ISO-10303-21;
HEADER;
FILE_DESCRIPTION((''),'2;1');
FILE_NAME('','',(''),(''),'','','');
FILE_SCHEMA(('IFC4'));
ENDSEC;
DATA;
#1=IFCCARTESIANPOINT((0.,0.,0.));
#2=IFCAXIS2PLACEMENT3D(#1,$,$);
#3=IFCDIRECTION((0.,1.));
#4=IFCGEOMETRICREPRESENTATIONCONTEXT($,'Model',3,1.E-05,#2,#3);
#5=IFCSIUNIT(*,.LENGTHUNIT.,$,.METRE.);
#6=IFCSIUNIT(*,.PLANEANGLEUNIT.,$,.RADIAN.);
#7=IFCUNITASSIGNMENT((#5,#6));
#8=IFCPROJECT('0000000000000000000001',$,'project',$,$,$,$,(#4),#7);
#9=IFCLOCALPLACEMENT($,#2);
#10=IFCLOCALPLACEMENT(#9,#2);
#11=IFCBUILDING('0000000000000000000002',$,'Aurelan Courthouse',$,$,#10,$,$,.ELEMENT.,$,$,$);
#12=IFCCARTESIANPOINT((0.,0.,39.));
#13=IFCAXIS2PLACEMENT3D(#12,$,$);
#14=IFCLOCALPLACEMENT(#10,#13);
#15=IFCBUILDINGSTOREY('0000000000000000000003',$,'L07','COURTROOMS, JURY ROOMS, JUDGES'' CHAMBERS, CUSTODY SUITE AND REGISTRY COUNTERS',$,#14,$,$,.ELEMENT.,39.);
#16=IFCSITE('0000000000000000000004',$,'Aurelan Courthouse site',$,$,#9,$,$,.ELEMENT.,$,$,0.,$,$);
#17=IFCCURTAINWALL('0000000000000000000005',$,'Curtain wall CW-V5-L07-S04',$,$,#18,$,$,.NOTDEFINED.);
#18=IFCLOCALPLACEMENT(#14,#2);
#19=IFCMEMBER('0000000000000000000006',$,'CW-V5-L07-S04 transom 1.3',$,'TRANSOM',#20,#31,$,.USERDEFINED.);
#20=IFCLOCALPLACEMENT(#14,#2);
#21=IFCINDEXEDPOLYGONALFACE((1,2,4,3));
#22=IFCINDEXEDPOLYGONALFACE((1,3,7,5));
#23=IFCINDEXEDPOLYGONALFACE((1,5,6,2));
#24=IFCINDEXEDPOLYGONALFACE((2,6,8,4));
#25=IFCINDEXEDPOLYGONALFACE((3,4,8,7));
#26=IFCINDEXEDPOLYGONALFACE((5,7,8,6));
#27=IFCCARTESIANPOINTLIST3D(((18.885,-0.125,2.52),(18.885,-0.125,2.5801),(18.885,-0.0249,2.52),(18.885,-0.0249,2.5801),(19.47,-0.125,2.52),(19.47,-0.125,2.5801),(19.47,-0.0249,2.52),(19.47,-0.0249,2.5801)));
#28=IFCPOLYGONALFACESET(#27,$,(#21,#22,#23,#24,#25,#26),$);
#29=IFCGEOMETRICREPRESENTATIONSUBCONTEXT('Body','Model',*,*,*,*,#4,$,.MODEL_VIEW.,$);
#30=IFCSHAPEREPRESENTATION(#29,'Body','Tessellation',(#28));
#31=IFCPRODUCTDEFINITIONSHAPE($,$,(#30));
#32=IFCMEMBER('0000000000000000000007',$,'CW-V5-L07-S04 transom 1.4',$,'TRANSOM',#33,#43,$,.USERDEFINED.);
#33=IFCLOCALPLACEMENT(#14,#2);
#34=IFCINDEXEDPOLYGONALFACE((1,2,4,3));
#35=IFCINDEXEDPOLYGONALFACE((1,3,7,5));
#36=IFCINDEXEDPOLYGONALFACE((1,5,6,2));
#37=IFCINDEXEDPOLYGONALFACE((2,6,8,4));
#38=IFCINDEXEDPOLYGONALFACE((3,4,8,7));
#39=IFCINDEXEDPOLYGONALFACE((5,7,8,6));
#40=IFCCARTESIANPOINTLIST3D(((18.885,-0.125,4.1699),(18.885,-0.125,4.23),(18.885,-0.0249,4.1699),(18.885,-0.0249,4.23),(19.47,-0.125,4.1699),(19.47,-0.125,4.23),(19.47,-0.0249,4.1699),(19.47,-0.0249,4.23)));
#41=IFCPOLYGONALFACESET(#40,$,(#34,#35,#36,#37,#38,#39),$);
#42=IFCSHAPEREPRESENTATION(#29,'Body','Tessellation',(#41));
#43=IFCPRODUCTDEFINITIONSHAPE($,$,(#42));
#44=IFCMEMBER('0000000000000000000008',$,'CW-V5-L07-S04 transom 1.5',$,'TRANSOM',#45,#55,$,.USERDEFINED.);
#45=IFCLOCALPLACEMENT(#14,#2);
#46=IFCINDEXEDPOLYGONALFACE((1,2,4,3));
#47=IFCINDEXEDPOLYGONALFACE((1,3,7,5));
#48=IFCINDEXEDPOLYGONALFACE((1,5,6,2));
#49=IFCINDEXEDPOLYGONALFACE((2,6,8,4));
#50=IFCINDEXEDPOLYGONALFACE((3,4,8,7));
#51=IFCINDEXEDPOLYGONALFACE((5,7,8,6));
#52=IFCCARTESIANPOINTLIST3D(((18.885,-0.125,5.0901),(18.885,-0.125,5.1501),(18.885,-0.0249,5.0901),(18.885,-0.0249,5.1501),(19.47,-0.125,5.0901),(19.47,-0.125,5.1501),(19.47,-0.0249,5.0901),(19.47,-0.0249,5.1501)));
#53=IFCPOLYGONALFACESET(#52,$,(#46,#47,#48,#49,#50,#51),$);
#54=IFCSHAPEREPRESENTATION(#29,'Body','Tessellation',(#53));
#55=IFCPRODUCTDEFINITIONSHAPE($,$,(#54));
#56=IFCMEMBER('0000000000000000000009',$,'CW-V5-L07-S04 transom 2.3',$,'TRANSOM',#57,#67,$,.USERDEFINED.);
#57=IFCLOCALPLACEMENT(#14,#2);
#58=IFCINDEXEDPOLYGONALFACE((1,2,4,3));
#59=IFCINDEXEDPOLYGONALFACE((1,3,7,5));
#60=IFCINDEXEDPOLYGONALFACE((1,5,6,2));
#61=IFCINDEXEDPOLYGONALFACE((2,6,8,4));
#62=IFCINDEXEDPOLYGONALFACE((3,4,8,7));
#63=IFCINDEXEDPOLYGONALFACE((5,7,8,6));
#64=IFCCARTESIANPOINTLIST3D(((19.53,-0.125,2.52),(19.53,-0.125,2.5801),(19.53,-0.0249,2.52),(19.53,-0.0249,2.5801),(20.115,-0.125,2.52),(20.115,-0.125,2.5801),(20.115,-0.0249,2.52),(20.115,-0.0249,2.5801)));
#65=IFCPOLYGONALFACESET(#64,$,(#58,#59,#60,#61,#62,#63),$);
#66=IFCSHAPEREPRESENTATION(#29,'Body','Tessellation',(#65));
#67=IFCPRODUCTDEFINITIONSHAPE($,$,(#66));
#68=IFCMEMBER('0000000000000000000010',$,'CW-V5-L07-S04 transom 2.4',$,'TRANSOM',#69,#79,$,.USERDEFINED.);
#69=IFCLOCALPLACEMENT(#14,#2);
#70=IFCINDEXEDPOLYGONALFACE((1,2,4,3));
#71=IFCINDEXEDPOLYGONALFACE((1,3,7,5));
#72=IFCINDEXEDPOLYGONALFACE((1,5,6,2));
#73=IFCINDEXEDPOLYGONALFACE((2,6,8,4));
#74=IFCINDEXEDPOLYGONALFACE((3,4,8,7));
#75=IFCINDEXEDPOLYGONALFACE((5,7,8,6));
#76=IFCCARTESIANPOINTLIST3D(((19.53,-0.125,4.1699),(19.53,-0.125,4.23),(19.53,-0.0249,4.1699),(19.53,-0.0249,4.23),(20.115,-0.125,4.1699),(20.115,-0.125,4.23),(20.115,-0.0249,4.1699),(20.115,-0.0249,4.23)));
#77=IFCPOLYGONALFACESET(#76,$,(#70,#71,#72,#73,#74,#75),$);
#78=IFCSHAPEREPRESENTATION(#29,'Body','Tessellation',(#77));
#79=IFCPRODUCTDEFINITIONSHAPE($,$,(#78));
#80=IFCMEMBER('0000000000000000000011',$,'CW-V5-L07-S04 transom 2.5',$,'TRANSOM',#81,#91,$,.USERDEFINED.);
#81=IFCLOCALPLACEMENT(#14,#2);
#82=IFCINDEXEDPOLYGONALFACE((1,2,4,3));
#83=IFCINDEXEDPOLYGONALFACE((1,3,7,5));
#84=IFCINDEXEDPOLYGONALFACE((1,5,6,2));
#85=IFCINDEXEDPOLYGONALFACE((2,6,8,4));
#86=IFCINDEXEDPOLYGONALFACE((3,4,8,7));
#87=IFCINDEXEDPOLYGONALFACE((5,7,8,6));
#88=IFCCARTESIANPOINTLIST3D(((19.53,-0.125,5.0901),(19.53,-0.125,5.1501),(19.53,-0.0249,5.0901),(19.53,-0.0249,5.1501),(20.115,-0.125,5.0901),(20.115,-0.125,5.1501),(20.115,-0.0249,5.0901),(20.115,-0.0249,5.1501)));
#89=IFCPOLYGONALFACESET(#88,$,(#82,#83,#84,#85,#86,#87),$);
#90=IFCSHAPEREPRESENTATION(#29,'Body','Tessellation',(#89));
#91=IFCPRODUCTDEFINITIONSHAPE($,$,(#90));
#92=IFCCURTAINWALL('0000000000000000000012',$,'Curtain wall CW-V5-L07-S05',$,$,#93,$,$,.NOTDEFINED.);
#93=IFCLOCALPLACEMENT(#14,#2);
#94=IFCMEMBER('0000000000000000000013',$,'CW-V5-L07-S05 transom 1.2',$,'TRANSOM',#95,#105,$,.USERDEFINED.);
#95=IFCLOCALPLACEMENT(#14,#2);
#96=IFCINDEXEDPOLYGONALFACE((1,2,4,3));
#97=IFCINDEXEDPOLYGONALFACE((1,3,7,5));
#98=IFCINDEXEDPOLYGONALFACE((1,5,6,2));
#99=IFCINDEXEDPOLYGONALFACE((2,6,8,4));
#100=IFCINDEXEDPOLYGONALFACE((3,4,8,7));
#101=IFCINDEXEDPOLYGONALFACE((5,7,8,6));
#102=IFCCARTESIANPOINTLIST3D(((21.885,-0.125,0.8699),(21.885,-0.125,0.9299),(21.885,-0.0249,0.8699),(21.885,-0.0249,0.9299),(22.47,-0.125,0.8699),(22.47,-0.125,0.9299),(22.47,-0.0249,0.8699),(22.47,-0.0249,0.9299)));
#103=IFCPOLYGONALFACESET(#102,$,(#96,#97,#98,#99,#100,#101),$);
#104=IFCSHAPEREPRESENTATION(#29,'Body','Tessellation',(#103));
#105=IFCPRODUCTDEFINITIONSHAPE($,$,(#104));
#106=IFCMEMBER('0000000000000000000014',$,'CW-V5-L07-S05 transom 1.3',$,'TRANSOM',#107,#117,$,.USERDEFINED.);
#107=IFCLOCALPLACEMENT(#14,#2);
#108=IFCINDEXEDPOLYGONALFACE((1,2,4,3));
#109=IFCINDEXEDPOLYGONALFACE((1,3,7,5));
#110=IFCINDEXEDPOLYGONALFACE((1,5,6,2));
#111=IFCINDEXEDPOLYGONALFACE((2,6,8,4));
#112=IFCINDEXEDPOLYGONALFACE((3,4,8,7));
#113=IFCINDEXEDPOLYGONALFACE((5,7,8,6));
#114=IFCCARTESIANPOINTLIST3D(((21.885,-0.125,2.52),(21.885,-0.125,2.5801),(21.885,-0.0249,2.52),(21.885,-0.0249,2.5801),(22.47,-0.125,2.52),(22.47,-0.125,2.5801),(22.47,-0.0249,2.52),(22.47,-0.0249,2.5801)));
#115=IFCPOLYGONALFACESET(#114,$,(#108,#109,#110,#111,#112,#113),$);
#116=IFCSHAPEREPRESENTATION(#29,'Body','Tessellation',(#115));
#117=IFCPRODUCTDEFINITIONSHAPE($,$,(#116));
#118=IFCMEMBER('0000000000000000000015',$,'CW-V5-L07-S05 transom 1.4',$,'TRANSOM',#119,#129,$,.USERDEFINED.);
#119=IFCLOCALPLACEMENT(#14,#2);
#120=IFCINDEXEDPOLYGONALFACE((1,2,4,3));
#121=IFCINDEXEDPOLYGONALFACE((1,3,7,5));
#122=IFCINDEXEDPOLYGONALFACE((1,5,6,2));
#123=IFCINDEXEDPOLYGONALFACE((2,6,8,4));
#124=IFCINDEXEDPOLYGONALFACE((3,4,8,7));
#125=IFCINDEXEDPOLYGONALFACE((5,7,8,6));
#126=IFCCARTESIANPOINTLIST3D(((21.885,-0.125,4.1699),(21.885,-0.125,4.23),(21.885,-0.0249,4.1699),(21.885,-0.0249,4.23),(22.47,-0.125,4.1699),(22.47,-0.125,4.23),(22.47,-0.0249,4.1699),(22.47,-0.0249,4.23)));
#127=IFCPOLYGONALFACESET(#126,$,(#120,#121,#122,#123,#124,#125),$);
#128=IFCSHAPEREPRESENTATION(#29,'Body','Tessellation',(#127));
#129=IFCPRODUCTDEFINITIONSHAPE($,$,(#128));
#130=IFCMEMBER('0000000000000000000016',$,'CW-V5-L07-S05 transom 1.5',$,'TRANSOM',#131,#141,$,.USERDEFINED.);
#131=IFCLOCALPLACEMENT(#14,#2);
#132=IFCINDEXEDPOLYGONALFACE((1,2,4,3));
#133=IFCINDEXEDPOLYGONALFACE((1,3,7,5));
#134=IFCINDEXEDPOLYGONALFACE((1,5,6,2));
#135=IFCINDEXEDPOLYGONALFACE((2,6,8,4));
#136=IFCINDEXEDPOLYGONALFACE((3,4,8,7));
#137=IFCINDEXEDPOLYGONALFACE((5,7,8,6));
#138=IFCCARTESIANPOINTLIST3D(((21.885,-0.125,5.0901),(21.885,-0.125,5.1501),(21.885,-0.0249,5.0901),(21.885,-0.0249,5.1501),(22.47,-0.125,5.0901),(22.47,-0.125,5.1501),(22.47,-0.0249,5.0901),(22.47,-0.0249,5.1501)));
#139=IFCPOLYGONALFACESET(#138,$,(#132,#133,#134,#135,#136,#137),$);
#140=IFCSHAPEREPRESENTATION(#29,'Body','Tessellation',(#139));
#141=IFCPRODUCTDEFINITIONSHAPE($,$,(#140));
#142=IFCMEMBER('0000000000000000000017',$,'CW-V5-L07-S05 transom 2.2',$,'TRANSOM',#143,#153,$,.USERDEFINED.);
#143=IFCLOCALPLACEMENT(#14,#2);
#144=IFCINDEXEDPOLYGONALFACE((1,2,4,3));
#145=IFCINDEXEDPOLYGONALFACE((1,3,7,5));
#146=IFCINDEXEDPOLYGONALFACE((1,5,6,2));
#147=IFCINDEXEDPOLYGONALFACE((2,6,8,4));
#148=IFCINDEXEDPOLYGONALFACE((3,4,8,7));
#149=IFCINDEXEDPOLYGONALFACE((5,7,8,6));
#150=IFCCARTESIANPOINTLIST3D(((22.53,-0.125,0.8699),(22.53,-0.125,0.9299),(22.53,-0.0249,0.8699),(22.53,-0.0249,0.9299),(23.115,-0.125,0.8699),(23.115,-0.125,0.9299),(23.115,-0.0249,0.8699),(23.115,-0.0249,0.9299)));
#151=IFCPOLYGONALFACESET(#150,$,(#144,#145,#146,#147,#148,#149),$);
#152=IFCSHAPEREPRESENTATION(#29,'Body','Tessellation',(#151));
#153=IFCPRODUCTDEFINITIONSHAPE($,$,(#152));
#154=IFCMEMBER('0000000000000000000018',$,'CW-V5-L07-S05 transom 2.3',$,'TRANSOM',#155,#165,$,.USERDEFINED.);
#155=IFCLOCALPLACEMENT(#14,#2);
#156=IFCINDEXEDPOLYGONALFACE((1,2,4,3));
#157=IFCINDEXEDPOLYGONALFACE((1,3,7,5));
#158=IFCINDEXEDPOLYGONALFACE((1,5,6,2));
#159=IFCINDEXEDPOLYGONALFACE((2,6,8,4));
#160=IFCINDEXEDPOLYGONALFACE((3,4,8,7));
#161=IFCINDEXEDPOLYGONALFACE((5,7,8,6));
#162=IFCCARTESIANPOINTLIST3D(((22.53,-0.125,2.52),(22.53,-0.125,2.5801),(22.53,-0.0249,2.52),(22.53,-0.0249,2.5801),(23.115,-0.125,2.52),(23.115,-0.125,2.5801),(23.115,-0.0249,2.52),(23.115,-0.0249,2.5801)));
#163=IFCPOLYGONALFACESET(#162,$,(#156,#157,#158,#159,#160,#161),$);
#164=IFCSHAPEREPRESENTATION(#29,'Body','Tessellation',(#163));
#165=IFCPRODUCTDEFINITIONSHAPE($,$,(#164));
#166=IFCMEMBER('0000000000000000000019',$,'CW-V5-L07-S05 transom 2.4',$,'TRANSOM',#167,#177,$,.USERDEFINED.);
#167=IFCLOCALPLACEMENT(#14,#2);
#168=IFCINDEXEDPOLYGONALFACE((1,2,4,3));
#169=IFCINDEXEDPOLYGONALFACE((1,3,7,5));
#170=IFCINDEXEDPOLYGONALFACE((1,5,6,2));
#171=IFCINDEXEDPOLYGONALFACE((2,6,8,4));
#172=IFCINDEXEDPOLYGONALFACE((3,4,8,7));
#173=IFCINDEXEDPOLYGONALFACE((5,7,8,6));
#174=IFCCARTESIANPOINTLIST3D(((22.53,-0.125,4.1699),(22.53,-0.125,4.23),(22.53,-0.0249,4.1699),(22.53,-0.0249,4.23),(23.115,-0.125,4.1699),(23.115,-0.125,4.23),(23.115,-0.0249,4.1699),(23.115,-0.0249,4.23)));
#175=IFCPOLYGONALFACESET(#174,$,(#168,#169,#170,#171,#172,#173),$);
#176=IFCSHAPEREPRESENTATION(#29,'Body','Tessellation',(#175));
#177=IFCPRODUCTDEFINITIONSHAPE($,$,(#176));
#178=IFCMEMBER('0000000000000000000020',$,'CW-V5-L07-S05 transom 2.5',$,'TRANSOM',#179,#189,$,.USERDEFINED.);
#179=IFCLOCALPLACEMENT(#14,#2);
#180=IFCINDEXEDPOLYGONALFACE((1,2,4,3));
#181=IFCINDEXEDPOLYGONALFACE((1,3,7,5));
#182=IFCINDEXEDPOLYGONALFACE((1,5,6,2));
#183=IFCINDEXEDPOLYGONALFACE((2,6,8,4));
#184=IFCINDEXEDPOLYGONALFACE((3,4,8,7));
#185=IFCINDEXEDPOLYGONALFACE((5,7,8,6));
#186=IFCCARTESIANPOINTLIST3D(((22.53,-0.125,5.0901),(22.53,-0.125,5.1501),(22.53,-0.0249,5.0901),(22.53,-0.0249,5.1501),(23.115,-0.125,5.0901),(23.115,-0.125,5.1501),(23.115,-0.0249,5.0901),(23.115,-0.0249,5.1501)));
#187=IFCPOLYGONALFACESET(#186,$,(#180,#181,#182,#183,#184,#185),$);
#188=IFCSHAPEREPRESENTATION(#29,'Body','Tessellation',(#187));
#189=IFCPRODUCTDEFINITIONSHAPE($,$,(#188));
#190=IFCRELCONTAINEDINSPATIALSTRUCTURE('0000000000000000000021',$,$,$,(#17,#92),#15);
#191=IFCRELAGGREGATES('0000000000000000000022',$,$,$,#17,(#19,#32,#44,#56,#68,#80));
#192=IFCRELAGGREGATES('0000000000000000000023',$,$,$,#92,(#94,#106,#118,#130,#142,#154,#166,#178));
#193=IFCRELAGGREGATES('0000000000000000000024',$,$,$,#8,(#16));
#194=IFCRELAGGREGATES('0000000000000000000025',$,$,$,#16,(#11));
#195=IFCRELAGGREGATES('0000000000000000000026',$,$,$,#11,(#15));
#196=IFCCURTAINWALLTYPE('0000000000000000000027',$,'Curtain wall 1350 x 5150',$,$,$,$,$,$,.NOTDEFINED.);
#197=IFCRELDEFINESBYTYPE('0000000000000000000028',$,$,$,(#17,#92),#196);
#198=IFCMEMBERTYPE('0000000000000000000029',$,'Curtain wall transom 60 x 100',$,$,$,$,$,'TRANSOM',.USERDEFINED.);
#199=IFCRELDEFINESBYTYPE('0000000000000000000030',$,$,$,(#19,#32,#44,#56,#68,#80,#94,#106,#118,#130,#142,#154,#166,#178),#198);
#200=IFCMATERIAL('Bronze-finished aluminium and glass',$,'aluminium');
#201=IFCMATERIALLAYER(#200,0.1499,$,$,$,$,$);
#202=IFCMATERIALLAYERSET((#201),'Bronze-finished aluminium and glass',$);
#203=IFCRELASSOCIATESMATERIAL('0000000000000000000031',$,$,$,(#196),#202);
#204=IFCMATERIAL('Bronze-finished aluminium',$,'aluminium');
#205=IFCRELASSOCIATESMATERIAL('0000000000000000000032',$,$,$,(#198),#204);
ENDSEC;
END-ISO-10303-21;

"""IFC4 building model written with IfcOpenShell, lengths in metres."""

from ifc_helpers import new_model, si_unit, direction, frame, origin, origin_2d, place, context, subcontext, project, spatial, rectangle, extrude, material, layer, layer_set, material_profile, profile_set, type_object, element, aggregate, save


model = new_model("IFC4")

# Units and contexts
model_context = context("Model", 3, precision=1e-05, world=origin(), true_north=direction((0.0, 1.0)))
body_context = subcontext(model_context, "Body", "Model", "MODEL_VIEW")
ifc_project = project(units=[si_unit("LENGTHUNIT", "METRE"), si_unit("PLANEANGLEUNIT", "RADIAN")], contexts=[model_context])

# Site, building, storey
site_placement = place(None, origin())
site = spatial("IfcSite", under=ifc_project, at=site_placement, Name="Aurelan Courthouse site", CompositionType="ELEMENT", RefElevation=0.0)
building_placement = place(site_placement, origin())
building = spatial("IfcBuilding", under=site, at=building_placement, Name="Aurelan Courthouse", CompositionType="ELEMENT")
storey_placement = place(building_placement, frame((0.0, 0.0, 39.0)))
storey = spatial("IfcBuildingStorey", under=building, at=storey_placement, Name="L07", Description="COURTROOMS, JURY ROOMS, JUDGES' CHAMBERS, CUSTODY SUITE AND REGISTRY COUNTERS", CompositionType="ELEMENT", Elevation=39.0)

# Curtain walls, members
ifc_material_1 = material(Name="Bronze-finished aluminium and glass", Category="aluminium")
ifc_layer_1 = layer(ifc_material_1, 0.1499)
ifc_layer_set_1 = layer_set([ifc_layer_1], Name="Bronze-finished aluminium and glass")
curtain_wall_type = type_object("IfcCurtainWallType", Name="Curtain wall 1350 x 5150", PredefinedType="NOTDEFINED", material=ifc_layer_set_1)
curtain_wall_1_placement = place(storey_placement, origin())
curtain_wall_1 = element("IfcCurtainWall", 1, at=curtain_wall_1_placement, inside=storey, type_object=curtain_wall_type, Name="Curtain wall CW-V5-L07-S04", PredefinedType="NOTDEFINED")
ifc_material_2 = material(Name="Bronze-finished aluminium", Category="aluminium")
ifc_material_profile = material_profile(ifc_material_2, rectangle(XDim=0.1001, YDim=0.0601, at=origin_2d()), Name="Bronze transom 60 x 100")
ifc_profile_set = profile_set([ifc_material_profile], Name="Bronze-finished aluminium")
member_type = type_object("IfcMemberType", Name="Curtain wall transom 60 x 100", ElementType="TRANSOM", PredefinedType="USERDEFINED", material=ifc_profile_set)
member_1_placement = place(storey_placement, frame((18.885, -0.075, 2.55), z_axis=(1.0, 0.0, 0.0), x_axis=(0.0, 1.0, 0.0)))
member_1 = element("IfcMember", 2, at=member_1_placement, type_object=member_type, Name="CW-V5-L07-S04 transom 1.3", ObjectType="TRANSOM", PredefinedType="USERDEFINED", context=body_context, shape_type="SweptSolid", body=[
    extrude(rectangle(XDim=0.1001, YDim=0.0601, at=origin_2d()), origin(), (0.0, 0.0, 1.0), 0.585),
])
member_2_placement = place(storey_placement, frame((18.885, -0.075, 4.2), z_axis=(1.0, 0.0, 0.0), x_axis=(0.0, 1.0, 0.0)))
member_2 = element("IfcMember", 3, at=member_2_placement, type_object=member_type, Name="CW-V5-L07-S04 transom 1.4", ObjectType="TRANSOM", PredefinedType="USERDEFINED", context=body_context, shape_type="SweptSolid", body=[
    extrude(rectangle(XDim=0.1001, YDim=0.0601, at=origin_2d()), origin(), (0.0, 0.0, 1.0), 0.585),
])
member_3_placement = place(storey_placement, frame((18.885, -0.075, 5.1201), z_axis=(1.0, 0.0, 0.0), x_axis=(0.0, 1.0, 0.0)))
member_3 = element("IfcMember", 4, at=member_3_placement, type_object=member_type, Name="CW-V5-L07-S04 transom 1.5", ObjectType="TRANSOM", PredefinedType="USERDEFINED", context=body_context, shape_type="SweptSolid", body=[
    extrude(rectangle(XDim=0.1001, YDim=0.0601, at=origin_2d()), origin(), (0.0, 0.0, 1.0), 0.585),
])
member_4_placement = place(storey_placement, frame((19.53, -0.075, 2.55), z_axis=(1.0, 0.0, 0.0), x_axis=(0.0, 1.0, 0.0)))
member_4 = element("IfcMember", 5, at=member_4_placement, type_object=member_type, Name="CW-V5-L07-S04 transom 2.3", ObjectType="TRANSOM", PredefinedType="USERDEFINED", context=body_context, shape_type="SweptSolid", body=[
    extrude(rectangle(XDim=0.1001, YDim=0.0601, at=origin_2d()), origin(), (0.0, 0.0, 1.0), 0.585),
])
member_5_placement = place(storey_placement, frame((19.53, -0.075, 4.2), z_axis=(1.0, 0.0, 0.0), x_axis=(0.0, 1.0, 0.0)))
member_5 = element("IfcMember", 6, at=member_5_placement, type_object=member_type, Name="CW-V5-L07-S04 transom 2.4", ObjectType="TRANSOM", PredefinedType="USERDEFINED", context=body_context, shape_type="SweptSolid", body=[
    extrude(rectangle(XDim=0.1001, YDim=0.0601, at=origin_2d()), origin(), (0.0, 0.0, 1.0), 0.585),
])
member_6_placement = place(storey_placement, frame((19.53, -0.075, 5.1201), z_axis=(1.0, 0.0, 0.0), x_axis=(0.0, 1.0, 0.0)))
member_6 = element("IfcMember", 7, at=member_6_placement, type_object=member_type, Name="CW-V5-L07-S04 transom 2.5", ObjectType="TRANSOM", PredefinedType="USERDEFINED", context=body_context, shape_type="SweptSolid", body=[
    extrude(rectangle(XDim=0.1001, YDim=0.0601, at=origin_2d()), origin(), (0.0, 0.0, 1.0), 0.585),
])
curtain_wall_2_placement = place(storey_placement, origin())
curtain_wall_2 = element("IfcCurtainWall", 8, at=curtain_wall_2_placement, inside=storey, type_object=curtain_wall_type, Name="Curtain wall CW-V5-L07-S05", PredefinedType="NOTDEFINED")
member_7_placement = place(storey_placement, frame((21.885, -0.075, 0.8999), z_axis=(1.0, 0.0, 0.0), x_axis=(0.0, 1.0, 0.0)))
member_7 = element("IfcMember", 9, at=member_7_placement, type_object=member_type, Name="CW-V5-L07-S05 transom 1.2", ObjectType="TRANSOM", PredefinedType="USERDEFINED", context=body_context, shape_type="SweptSolid", body=[
    extrude(rectangle(XDim=0.1001, YDim=0.0601, at=origin_2d()), origin(), (0.0, 0.0, 1.0), 0.585),
])
member_8_placement = place(storey_placement, frame((21.885, -0.075, 2.55), z_axis=(1.0, 0.0, 0.0), x_axis=(0.0, 1.0, 0.0)))
member_8 = element("IfcMember", 10, at=member_8_placement, type_object=member_type, Name="CW-V5-L07-S05 transom 1.3", ObjectType="TRANSOM", PredefinedType="USERDEFINED", context=body_context, shape_type="SweptSolid", body=[
    extrude(rectangle(XDim=0.1001, YDim=0.0601, at=origin_2d()), origin(), (0.0, 0.0, 1.0), 0.585),
])
member_9_placement = place(storey_placement, frame((21.885, -0.075, 4.2), z_axis=(1.0, 0.0, 0.0), x_axis=(0.0, 1.0, 0.0)))
member_9 = element("IfcMember", 11, at=member_9_placement, type_object=member_type, Name="CW-V5-L07-S05 transom 1.4", ObjectType="TRANSOM", PredefinedType="USERDEFINED", context=body_context, shape_type="SweptSolid", body=[
    extrude(rectangle(XDim=0.1001, YDim=0.0601, at=origin_2d()), origin(), (0.0, 0.0, 1.0), 0.585),
])
member_10_placement = place(storey_placement, frame((21.885, -0.075, 5.1201), z_axis=(1.0, 0.0, 0.0), x_axis=(0.0, 1.0, 0.0)))
member_10 = element("IfcMember", 12, at=member_10_placement, type_object=member_type, Name="CW-V5-L07-S05 transom 1.5", ObjectType="TRANSOM", PredefinedType="USERDEFINED", context=body_context, shape_type="SweptSolid", body=[
    extrude(rectangle(XDim=0.1001, YDim=0.0601, at=origin_2d()), origin(), (0.0, 0.0, 1.0), 0.585),
])
member_11_placement = place(storey_placement, frame((22.53, -0.075, 0.8999), z_axis=(1.0, 0.0, 0.0), x_axis=(0.0, 1.0, 0.0)))
member_11 = element("IfcMember", 13, at=member_11_placement, type_object=member_type, Name="CW-V5-L07-S05 transom 2.2", ObjectType="TRANSOM", PredefinedType="USERDEFINED", context=body_context, shape_type="SweptSolid", body=[
    extrude(rectangle(XDim=0.1001, YDim=0.0601, at=origin_2d()), origin(), (0.0, 0.0, 1.0), 0.585),
])
member_12_placement = place(storey_placement, frame((22.53, -0.075, 2.55), z_axis=(1.0, 0.0, 0.0), x_axis=(0.0, 1.0, 0.0)))
member_12 = element("IfcMember", 14, at=member_12_placement, type_object=member_type, Name="CW-V5-L07-S05 transom 2.3", ObjectType="TRANSOM", PredefinedType="USERDEFINED", context=body_context, shape_type="SweptSolid", body=[
    extrude(rectangle(XDim=0.1001, YDim=0.0601, at=origin_2d()), origin(), (0.0, 0.0, 1.0), 0.585),
])
member_13_placement = place(storey_placement, frame((22.53, -0.075, 4.2), z_axis=(1.0, 0.0, 0.0), x_axis=(0.0, 1.0, 0.0)))
member_13 = element("IfcMember", 15, at=member_13_placement, type_object=member_type, Name="CW-V5-L07-S05 transom 2.4", ObjectType="TRANSOM", PredefinedType="USERDEFINED", context=body_context, shape_type="SweptSolid", body=[
    extrude(rectangle(XDim=0.1001, YDim=0.0601, at=origin_2d()), origin(), (0.0, 0.0, 1.0), 0.585),
])
member_14_placement = place(storey_placement, frame((22.53, -0.075, 5.1201), z_axis=(1.0, 0.0, 0.0), x_axis=(0.0, 1.0, 0.0)))
member_14 = element("IfcMember", 16, at=member_14_placement, type_object=member_type, Name="CW-V5-L07-S05 transom 2.5", ObjectType="TRANSOM", PredefinedType="USERDEFINED", context=body_context, shape_type="SweptSolid", body=[
    extrude(rectangle(XDim=0.1001, YDim=0.0601, at=origin_2d()), origin(), (0.0, 0.0, 1.0), 0.585),
])

aggregate(curtain_wall_1, [member_1, member_2, member_3, member_4, member_5, member_6])
aggregate(curtain_wall_2, [member_7, member_8, member_9, member_10, member_11, member_12, member_13, member_14])

save(model, "model.ifc")
